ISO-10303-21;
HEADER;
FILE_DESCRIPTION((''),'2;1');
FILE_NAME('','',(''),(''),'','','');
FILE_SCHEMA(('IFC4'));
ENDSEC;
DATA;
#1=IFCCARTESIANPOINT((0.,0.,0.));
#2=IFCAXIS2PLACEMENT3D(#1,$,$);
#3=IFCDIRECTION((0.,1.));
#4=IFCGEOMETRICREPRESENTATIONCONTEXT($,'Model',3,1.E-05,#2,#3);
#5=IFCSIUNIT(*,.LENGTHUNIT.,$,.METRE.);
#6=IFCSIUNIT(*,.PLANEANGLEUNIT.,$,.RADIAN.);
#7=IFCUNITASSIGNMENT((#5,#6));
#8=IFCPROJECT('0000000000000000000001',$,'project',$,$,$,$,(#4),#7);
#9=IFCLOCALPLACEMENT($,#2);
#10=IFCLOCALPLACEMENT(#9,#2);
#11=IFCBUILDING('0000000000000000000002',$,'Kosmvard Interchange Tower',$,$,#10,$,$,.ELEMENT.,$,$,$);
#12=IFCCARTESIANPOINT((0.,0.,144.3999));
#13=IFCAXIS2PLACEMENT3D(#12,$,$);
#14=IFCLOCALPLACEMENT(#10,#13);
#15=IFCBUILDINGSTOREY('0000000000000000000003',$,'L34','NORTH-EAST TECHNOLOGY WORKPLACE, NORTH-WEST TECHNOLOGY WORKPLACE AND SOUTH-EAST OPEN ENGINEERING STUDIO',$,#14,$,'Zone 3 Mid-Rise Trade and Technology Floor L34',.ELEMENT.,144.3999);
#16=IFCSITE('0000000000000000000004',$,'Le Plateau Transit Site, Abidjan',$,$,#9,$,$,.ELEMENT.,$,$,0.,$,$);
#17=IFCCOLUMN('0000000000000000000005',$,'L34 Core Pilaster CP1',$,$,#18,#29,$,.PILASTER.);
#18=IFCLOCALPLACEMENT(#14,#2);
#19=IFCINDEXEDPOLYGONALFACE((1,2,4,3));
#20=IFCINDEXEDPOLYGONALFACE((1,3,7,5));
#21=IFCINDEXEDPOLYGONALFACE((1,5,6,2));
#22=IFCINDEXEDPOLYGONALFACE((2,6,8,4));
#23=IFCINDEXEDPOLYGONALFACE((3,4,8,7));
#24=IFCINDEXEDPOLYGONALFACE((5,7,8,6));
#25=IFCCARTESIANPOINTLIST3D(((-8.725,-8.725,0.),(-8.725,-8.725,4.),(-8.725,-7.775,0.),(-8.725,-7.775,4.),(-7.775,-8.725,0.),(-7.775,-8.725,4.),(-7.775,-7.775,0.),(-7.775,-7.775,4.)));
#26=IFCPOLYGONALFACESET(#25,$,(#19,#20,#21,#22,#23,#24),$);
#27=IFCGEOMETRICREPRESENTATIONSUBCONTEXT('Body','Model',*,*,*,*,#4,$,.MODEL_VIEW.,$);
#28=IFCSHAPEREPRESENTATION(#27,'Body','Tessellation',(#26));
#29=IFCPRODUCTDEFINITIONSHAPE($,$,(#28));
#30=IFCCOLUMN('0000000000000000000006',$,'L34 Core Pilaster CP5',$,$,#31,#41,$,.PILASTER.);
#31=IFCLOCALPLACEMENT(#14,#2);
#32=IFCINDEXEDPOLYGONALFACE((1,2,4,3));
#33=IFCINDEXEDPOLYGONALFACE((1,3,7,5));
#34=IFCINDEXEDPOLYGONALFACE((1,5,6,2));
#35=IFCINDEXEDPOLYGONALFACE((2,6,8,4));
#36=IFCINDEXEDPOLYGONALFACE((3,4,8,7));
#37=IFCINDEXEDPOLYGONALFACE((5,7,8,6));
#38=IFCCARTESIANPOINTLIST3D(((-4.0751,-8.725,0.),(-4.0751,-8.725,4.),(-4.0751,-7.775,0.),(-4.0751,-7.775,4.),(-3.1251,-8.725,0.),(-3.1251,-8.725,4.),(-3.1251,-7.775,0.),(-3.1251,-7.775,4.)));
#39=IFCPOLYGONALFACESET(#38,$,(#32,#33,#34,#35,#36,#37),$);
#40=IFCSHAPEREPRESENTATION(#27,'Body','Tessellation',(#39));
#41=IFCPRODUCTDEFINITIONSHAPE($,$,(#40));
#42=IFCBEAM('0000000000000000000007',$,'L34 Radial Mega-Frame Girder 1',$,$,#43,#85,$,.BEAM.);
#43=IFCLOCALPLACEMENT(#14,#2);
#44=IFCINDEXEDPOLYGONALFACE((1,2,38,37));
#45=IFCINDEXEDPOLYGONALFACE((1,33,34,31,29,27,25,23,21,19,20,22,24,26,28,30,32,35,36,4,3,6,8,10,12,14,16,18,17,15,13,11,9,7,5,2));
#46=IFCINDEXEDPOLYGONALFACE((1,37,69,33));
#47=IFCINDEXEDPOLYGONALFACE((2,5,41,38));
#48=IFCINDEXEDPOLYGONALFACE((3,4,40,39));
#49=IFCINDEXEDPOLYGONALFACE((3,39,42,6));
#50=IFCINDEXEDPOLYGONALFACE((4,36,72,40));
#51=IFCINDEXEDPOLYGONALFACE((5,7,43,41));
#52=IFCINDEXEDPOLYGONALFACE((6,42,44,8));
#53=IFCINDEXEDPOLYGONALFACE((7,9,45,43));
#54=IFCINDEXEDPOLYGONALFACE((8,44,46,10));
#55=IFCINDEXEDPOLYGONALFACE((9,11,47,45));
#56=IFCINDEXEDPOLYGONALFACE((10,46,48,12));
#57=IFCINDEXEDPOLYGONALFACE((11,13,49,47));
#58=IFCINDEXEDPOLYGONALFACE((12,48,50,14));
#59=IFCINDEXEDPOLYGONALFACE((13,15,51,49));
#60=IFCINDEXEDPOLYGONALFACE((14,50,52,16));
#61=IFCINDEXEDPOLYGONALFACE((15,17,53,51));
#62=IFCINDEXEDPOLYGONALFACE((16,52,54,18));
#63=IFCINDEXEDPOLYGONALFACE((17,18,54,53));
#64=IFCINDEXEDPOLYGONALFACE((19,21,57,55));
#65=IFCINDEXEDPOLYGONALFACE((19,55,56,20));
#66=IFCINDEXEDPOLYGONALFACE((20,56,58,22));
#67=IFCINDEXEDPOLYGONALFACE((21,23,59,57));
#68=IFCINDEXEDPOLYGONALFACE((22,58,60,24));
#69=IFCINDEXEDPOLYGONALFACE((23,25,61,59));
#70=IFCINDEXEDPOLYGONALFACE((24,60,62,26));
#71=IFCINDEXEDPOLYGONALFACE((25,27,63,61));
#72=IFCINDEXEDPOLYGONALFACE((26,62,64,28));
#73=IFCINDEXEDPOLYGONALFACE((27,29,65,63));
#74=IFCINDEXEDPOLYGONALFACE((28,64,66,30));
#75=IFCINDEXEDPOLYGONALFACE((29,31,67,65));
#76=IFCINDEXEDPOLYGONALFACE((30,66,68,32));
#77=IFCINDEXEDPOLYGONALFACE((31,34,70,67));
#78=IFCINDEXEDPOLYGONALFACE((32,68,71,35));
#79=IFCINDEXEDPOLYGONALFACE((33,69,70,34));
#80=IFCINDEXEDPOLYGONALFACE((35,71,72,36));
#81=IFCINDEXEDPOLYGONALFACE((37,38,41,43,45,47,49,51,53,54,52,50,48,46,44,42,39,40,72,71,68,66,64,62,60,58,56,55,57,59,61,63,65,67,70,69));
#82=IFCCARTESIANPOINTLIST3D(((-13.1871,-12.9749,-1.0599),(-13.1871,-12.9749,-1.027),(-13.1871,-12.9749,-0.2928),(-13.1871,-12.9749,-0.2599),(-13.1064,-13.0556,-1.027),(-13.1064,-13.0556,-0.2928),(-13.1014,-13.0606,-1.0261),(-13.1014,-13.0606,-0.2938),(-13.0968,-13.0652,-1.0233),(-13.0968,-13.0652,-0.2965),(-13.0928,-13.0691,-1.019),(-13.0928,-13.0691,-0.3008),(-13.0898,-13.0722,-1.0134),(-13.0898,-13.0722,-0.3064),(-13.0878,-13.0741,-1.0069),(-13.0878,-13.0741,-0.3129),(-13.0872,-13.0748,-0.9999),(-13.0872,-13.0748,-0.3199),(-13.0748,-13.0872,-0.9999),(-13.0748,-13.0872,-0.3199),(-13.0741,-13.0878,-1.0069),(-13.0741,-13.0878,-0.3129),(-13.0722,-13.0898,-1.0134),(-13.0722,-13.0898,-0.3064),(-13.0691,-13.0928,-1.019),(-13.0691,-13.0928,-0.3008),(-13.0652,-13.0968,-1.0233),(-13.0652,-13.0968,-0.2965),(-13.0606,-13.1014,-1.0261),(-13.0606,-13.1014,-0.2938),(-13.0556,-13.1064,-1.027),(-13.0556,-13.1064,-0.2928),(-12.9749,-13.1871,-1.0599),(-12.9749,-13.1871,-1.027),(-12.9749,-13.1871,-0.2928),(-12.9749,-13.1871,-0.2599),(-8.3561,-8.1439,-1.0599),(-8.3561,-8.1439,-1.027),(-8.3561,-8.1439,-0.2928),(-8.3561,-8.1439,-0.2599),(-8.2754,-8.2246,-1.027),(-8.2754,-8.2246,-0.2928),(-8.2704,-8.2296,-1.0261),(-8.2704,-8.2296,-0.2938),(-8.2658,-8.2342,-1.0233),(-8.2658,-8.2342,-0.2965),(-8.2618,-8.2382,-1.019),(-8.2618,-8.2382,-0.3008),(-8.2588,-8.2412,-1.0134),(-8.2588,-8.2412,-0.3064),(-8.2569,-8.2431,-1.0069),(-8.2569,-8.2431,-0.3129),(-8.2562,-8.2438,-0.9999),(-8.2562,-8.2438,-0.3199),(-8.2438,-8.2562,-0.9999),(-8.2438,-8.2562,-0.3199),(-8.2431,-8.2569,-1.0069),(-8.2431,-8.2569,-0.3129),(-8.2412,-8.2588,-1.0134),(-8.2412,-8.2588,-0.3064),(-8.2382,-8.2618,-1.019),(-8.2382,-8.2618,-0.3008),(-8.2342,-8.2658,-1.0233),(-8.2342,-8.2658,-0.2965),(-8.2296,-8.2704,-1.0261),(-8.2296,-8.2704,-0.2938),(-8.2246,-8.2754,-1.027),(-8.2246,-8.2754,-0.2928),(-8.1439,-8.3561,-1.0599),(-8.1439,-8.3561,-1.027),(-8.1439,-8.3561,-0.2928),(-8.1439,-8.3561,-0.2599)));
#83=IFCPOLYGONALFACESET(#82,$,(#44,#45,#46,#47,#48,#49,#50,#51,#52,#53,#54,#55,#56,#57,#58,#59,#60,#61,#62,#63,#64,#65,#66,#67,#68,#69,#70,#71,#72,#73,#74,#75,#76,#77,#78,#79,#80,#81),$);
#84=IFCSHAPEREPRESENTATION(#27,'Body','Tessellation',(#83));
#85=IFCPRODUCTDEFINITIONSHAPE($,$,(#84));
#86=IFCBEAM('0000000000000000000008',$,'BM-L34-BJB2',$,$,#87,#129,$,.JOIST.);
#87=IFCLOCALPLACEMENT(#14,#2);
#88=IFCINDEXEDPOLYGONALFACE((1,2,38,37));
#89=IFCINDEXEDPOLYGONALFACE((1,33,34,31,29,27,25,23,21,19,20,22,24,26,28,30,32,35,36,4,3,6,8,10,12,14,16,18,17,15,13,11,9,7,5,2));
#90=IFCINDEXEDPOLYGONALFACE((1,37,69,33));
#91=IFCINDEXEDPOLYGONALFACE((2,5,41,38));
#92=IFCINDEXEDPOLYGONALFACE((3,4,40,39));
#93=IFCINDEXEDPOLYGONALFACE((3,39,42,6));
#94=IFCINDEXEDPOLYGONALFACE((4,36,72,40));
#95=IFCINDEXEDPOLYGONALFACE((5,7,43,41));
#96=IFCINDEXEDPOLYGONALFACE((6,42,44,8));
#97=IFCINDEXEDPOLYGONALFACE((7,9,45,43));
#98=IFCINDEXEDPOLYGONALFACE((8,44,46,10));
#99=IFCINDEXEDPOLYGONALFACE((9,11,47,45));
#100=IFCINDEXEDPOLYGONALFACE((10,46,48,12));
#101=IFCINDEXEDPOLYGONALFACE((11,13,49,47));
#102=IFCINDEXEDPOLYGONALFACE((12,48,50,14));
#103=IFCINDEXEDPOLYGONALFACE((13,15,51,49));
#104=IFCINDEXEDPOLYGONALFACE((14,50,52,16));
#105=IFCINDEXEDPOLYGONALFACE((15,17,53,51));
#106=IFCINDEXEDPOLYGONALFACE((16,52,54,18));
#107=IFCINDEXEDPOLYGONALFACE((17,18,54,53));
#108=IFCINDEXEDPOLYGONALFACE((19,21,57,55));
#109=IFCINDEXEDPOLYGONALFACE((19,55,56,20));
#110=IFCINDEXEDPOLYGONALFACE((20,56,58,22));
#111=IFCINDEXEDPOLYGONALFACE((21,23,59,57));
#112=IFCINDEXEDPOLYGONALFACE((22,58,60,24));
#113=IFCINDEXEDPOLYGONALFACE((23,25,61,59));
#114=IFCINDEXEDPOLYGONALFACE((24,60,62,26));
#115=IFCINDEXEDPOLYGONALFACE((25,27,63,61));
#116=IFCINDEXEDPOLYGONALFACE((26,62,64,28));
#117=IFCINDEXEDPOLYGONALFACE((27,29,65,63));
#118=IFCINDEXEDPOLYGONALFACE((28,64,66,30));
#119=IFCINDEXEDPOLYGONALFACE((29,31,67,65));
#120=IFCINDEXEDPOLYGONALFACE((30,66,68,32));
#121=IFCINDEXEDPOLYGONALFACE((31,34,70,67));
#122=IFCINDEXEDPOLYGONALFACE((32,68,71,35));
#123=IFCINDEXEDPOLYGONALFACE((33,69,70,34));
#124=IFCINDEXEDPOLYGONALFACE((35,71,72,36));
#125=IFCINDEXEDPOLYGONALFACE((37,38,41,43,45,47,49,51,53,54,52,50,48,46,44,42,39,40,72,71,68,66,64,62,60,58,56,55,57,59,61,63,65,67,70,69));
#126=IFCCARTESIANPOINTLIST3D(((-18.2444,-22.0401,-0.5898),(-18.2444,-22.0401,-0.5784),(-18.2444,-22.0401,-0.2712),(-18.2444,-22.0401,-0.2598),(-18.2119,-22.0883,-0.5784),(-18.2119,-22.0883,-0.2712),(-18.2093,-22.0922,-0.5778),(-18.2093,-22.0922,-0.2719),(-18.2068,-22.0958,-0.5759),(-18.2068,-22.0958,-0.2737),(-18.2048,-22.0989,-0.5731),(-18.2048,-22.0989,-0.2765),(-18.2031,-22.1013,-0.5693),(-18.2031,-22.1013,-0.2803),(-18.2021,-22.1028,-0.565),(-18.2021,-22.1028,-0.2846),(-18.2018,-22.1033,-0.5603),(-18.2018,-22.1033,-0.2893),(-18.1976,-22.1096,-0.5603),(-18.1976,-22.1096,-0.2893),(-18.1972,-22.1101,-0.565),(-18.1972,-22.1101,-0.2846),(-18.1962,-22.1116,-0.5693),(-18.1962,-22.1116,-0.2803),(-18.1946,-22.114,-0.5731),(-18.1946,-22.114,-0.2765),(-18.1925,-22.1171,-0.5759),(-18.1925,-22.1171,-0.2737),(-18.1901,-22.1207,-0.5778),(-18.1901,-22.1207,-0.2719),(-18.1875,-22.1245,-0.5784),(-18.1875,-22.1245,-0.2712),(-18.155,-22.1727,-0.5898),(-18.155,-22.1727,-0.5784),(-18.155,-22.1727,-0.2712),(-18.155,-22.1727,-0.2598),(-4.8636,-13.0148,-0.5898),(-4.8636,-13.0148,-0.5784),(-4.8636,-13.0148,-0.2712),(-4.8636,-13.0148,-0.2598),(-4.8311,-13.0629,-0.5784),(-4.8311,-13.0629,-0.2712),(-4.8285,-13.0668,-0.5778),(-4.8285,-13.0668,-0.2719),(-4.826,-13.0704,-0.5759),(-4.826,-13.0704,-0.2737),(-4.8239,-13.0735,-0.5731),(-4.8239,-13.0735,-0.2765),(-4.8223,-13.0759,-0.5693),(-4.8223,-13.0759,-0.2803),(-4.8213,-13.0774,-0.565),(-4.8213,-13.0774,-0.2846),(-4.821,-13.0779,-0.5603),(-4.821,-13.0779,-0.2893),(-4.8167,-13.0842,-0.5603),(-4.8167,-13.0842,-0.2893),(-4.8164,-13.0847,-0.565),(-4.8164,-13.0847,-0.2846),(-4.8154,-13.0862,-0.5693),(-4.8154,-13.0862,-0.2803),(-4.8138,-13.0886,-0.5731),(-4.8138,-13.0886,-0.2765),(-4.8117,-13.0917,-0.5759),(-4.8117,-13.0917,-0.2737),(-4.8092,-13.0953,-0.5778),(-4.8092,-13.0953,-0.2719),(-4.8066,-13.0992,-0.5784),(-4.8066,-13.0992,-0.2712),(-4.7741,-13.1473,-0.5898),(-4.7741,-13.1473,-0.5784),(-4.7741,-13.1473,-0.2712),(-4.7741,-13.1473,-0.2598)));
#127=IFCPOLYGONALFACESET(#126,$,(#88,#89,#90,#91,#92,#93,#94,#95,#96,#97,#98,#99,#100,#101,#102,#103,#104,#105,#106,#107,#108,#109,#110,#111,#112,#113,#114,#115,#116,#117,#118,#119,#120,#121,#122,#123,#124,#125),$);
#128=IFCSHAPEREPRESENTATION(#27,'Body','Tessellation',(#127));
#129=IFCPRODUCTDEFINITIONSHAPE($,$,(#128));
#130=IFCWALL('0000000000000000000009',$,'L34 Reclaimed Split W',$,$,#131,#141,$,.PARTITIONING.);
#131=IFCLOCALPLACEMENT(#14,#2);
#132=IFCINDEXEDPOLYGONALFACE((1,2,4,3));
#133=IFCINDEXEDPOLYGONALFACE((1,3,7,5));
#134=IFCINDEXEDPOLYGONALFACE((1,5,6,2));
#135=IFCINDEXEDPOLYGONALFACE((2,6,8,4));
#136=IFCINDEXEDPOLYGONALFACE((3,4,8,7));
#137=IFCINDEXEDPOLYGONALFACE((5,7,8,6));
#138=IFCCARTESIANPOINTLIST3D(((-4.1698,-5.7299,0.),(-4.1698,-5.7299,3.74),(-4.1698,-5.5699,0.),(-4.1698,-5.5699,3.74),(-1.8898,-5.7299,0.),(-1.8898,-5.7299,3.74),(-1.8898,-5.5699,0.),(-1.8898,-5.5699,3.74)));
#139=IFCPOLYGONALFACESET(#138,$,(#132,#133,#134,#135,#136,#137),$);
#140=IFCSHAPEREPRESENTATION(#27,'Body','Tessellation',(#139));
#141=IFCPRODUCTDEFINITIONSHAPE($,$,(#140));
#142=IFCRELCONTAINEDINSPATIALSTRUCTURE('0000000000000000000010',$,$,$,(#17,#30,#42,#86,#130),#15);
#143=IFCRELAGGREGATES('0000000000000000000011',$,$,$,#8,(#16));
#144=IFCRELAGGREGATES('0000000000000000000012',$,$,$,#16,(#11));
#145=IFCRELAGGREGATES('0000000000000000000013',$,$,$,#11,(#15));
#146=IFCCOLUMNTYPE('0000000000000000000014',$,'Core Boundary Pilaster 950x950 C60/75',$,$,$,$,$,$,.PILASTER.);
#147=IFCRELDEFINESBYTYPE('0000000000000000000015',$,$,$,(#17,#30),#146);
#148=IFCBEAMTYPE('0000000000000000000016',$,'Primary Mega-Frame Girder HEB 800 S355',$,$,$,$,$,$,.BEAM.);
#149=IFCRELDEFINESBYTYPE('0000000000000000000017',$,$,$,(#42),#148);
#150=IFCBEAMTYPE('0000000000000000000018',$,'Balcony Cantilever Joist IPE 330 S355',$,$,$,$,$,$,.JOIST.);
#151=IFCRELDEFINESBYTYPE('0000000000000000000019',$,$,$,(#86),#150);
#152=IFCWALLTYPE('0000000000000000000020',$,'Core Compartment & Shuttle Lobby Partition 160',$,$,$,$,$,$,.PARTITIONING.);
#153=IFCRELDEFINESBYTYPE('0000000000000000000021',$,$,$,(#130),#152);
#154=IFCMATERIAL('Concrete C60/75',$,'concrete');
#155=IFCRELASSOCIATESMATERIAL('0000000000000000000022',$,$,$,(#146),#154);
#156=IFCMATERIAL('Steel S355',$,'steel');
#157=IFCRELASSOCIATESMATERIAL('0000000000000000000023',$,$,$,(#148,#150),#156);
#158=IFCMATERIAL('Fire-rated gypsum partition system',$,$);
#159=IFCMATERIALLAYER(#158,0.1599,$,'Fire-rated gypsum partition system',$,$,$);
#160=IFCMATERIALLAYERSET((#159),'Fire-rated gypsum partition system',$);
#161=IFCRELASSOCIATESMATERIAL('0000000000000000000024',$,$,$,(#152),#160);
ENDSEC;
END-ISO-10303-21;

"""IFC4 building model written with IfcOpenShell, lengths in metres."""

from ifc_helpers import new_model, si_unit, direction, frame, frame_2d, origin, origin_2d, place, context, subcontext, project, spatial, rectangle, i_section, extrude, source, transform, mapped, material, layer, layer_set, material_profile, profile_set, type_object, element, save


model = new_model("IFC4")

# Units and contexts
model_context = context("Model", 3, precision=1e-05, world=origin(), true_north=direction((0.0, 1.0)))
body_context = subcontext(model_context, "Body", "Model", "MODEL_VIEW")
ifc_project = project(units=[si_unit("LENGTHUNIT", "METRE"), si_unit("PLANEANGLEUNIT", "RADIAN")], contexts=[model_context])

# Site, building, storey
site_placement = place(None, origin())
site = spatial("IfcSite", under=ifc_project, at=site_placement, Name="Le Plateau Transit Site, Abidjan", CompositionType="ELEMENT", RefElevation=0.0)
building_placement = place(site_placement, origin())
building = spatial("IfcBuilding", under=site, at=building_placement, Name="Kosmvard Interchange Tower", CompositionType="ELEMENT")
storey_placement = place(building_placement, frame((0.0, 0.0, 144.3999)))
storey = spatial("IfcBuildingStorey", under=building, at=storey_placement, Name="L34", Description="NORTH-EAST TECHNOLOGY WORKPLACE, NORTH-WEST TECHNOLOGY WORKPLACE AND SOUTH-EAST OPEN ENGINEERING STUDIO", LongName="Zone 3 Mid-Rise Trade and Technology Floor L34", CompositionType="ELEMENT", Elevation=144.3999)

# Columns
ifc_material_1 = material(Name="Concrete C60/75", Category="concrete")
ifc_material_profile_1 = material_profile(ifc_material_1, rectangle(XDim=0.95, YDim=0.95, at=origin_2d()), Name="CP 950x950")
ifc_profile_set_1 = profile_set([ifc_material_profile_1], Name="Concrete C60/75")
column_type = type_object("IfcColumnType", Name="Core Boundary Pilaster 950x950 C60/75", PredefinedType="PILASTER", material=ifc_profile_set_1)
shared_shape_1 = source(origin(), body_context, "Body", "SweptSolid", [
    extrude(rectangle(XDim=0.95, YDim=0.95, at=origin_2d()), origin(), (0.0, 0.0, 1.0), 4.0),
])
for number, where, z_axis, x_axis, name in (
    (1, (-8.25, -8.25, 0.0), (0.0, 0.0, 1.0), (1.0, 0.0, 0.0), "L34 Core Pilaster CP1"),
    (2, (-3.6001, -8.25, 0.0), (0.0, 0.0, 1.0), (1.0, 0.0, 0.0), "L34 Core Pilaster CP5"),
):
    element("IfcColumn", number, at=place(storey_placement, frame(where, z_axis=z_axis, x_axis=x_axis)), inside=storey, type_object=column_type, Name=name, PredefinedType="PILASTER", context=body_context, shape_type="MappedRepresentation", body=[
        mapped(shared_shape_1, transform((0.0, 0.0, 0.0), scale=1.0)),
    ])

# Beams
ifc_material_2 = material(Name="Steel S355", Category="steel")
ifc_material_profile_2 = material_profile(ifc_material_2, i_section(OverallWidth=0.3, OverallDepth=0.8, WebThickness=0.0176, FlangeThickness=0.033, FilletRadius=0.0271, at=origin_2d()), Name="HEB 800")
ifc_profile_set_2 = profile_set([ifc_material_profile_2], Name="Steel S355")
beam_type_1 = type_object("IfcBeamType", Name="Primary Mega-Frame Girder HEB 800 S355", PredefinedType="BEAM", material=ifc_profile_set_2)
shared_shape_2 = source(origin(), body_context, "Body", "SweptSolid", [
    extrude(i_section(OverallWidth=0.3, OverallDepth=0.8, WebThickness=0.0176, FlangeThickness=0.033, FilletRadius=0.0271, at=origin_2d()), origin(), (0.0, 0.0, 1.0), 6.832),
])
beam_1_placement = place(storey_placement, frame((-8.25, -8.25, -0.6599), z_axis=(-0.707107, -0.707107, 0.0), x_axis=(0.707107, -0.707107, 0.0)))
element("IfcBeam", 3, at=beam_1_placement, inside=storey, type_object=beam_type_1, Name="L34 Radial Mega-Frame Girder 1", PredefinedType="BEAM", context=body_context, shape_type="MappedRepresentation", body=[
    mapped(shared_shape_2, transform((0.0, 0.0, 0.0), scale=1.0)),
])
ifc_material_profile_3 = material_profile(ifc_material_2, i_section(OverallWidth=0.1599, OverallDepth=0.3301, WebThickness=0.0076, FlangeThickness=0.0115, FilletRadius=0.0181, at=origin_2d()), Name="IPE 330")
ifc_profile_set_3 = profile_set([ifc_material_profile_3], Name="Steel S355")
beam_type_2 = type_object("IfcBeamType", Name="Balcony Cantilever Joist IPE 330 S355", PredefinedType="JOIST", material=ifc_profile_set_3)
shared_shape_3 = source(origin(), body_context, "Body", "SweptSolid", [
    extrude(i_section(OverallWidth=0.1599, OverallDepth=0.3301, WebThickness=0.0076, FlangeThickness=0.0115, FilletRadius=0.0181, at=origin_2d()), origin(), (0.0, 0.0, 1.0), 16.1401),
])
beam_2_placement = place(storey_placement, frame((-4.8188, -13.0811, -0.4248), z_axis=(-0.829041, -0.559188, 0.0), x_axis=(0.559188, -0.829041, 0.0)))
element("IfcBeam", 4, at=beam_2_placement, inside=storey, type_object=beam_type_2, Name="BM-L34-BJB2", PredefinedType="JOIST", context=body_context, shape_type="MappedRepresentation", body=[
    mapped(shared_shape_3, transform((0.0, 0.0, 0.0), scale=1.0)),
])

# Wall
ifc_material_3 = material(Name="Fire-rated gypsum partition system")
ifc_layer_1 = layer(ifc_material_3, 0.1599, Name="Fire-rated gypsum partition system")
ifc_layer_set_1 = layer_set([ifc_layer_1], Name="Fire-rated gypsum partition system")
wall_type_1 = type_object("IfcWallType", Name="Core Compartment & Shuttle Lobby Partition 160", PredefinedType="PARTITIONING", material=ifc_layer_set_1)
wall_1_placement = place(storey_placement, frame((-4.1699, -5.6499, 0.0), z_axis=(0.0, 0.0, 1.0), x_axis=(1.0, 0.0, 0.0)))
element("IfcWall", 5, at=wall_1_placement, inside=storey, type_object=wall_type_1, Name="L34 Reclaimed Split W", PredefinedType="PARTITIONING", context=body_context, shape_type="SweptSolid", body=[
    extrude(rectangle(XDim=2.28, YDim=0.1599, at=frame_2d((1.1401, 0.0))), origin(), (0.0, 0.0, 1.0), 3.74),
])

save(model, "model.ifc")
